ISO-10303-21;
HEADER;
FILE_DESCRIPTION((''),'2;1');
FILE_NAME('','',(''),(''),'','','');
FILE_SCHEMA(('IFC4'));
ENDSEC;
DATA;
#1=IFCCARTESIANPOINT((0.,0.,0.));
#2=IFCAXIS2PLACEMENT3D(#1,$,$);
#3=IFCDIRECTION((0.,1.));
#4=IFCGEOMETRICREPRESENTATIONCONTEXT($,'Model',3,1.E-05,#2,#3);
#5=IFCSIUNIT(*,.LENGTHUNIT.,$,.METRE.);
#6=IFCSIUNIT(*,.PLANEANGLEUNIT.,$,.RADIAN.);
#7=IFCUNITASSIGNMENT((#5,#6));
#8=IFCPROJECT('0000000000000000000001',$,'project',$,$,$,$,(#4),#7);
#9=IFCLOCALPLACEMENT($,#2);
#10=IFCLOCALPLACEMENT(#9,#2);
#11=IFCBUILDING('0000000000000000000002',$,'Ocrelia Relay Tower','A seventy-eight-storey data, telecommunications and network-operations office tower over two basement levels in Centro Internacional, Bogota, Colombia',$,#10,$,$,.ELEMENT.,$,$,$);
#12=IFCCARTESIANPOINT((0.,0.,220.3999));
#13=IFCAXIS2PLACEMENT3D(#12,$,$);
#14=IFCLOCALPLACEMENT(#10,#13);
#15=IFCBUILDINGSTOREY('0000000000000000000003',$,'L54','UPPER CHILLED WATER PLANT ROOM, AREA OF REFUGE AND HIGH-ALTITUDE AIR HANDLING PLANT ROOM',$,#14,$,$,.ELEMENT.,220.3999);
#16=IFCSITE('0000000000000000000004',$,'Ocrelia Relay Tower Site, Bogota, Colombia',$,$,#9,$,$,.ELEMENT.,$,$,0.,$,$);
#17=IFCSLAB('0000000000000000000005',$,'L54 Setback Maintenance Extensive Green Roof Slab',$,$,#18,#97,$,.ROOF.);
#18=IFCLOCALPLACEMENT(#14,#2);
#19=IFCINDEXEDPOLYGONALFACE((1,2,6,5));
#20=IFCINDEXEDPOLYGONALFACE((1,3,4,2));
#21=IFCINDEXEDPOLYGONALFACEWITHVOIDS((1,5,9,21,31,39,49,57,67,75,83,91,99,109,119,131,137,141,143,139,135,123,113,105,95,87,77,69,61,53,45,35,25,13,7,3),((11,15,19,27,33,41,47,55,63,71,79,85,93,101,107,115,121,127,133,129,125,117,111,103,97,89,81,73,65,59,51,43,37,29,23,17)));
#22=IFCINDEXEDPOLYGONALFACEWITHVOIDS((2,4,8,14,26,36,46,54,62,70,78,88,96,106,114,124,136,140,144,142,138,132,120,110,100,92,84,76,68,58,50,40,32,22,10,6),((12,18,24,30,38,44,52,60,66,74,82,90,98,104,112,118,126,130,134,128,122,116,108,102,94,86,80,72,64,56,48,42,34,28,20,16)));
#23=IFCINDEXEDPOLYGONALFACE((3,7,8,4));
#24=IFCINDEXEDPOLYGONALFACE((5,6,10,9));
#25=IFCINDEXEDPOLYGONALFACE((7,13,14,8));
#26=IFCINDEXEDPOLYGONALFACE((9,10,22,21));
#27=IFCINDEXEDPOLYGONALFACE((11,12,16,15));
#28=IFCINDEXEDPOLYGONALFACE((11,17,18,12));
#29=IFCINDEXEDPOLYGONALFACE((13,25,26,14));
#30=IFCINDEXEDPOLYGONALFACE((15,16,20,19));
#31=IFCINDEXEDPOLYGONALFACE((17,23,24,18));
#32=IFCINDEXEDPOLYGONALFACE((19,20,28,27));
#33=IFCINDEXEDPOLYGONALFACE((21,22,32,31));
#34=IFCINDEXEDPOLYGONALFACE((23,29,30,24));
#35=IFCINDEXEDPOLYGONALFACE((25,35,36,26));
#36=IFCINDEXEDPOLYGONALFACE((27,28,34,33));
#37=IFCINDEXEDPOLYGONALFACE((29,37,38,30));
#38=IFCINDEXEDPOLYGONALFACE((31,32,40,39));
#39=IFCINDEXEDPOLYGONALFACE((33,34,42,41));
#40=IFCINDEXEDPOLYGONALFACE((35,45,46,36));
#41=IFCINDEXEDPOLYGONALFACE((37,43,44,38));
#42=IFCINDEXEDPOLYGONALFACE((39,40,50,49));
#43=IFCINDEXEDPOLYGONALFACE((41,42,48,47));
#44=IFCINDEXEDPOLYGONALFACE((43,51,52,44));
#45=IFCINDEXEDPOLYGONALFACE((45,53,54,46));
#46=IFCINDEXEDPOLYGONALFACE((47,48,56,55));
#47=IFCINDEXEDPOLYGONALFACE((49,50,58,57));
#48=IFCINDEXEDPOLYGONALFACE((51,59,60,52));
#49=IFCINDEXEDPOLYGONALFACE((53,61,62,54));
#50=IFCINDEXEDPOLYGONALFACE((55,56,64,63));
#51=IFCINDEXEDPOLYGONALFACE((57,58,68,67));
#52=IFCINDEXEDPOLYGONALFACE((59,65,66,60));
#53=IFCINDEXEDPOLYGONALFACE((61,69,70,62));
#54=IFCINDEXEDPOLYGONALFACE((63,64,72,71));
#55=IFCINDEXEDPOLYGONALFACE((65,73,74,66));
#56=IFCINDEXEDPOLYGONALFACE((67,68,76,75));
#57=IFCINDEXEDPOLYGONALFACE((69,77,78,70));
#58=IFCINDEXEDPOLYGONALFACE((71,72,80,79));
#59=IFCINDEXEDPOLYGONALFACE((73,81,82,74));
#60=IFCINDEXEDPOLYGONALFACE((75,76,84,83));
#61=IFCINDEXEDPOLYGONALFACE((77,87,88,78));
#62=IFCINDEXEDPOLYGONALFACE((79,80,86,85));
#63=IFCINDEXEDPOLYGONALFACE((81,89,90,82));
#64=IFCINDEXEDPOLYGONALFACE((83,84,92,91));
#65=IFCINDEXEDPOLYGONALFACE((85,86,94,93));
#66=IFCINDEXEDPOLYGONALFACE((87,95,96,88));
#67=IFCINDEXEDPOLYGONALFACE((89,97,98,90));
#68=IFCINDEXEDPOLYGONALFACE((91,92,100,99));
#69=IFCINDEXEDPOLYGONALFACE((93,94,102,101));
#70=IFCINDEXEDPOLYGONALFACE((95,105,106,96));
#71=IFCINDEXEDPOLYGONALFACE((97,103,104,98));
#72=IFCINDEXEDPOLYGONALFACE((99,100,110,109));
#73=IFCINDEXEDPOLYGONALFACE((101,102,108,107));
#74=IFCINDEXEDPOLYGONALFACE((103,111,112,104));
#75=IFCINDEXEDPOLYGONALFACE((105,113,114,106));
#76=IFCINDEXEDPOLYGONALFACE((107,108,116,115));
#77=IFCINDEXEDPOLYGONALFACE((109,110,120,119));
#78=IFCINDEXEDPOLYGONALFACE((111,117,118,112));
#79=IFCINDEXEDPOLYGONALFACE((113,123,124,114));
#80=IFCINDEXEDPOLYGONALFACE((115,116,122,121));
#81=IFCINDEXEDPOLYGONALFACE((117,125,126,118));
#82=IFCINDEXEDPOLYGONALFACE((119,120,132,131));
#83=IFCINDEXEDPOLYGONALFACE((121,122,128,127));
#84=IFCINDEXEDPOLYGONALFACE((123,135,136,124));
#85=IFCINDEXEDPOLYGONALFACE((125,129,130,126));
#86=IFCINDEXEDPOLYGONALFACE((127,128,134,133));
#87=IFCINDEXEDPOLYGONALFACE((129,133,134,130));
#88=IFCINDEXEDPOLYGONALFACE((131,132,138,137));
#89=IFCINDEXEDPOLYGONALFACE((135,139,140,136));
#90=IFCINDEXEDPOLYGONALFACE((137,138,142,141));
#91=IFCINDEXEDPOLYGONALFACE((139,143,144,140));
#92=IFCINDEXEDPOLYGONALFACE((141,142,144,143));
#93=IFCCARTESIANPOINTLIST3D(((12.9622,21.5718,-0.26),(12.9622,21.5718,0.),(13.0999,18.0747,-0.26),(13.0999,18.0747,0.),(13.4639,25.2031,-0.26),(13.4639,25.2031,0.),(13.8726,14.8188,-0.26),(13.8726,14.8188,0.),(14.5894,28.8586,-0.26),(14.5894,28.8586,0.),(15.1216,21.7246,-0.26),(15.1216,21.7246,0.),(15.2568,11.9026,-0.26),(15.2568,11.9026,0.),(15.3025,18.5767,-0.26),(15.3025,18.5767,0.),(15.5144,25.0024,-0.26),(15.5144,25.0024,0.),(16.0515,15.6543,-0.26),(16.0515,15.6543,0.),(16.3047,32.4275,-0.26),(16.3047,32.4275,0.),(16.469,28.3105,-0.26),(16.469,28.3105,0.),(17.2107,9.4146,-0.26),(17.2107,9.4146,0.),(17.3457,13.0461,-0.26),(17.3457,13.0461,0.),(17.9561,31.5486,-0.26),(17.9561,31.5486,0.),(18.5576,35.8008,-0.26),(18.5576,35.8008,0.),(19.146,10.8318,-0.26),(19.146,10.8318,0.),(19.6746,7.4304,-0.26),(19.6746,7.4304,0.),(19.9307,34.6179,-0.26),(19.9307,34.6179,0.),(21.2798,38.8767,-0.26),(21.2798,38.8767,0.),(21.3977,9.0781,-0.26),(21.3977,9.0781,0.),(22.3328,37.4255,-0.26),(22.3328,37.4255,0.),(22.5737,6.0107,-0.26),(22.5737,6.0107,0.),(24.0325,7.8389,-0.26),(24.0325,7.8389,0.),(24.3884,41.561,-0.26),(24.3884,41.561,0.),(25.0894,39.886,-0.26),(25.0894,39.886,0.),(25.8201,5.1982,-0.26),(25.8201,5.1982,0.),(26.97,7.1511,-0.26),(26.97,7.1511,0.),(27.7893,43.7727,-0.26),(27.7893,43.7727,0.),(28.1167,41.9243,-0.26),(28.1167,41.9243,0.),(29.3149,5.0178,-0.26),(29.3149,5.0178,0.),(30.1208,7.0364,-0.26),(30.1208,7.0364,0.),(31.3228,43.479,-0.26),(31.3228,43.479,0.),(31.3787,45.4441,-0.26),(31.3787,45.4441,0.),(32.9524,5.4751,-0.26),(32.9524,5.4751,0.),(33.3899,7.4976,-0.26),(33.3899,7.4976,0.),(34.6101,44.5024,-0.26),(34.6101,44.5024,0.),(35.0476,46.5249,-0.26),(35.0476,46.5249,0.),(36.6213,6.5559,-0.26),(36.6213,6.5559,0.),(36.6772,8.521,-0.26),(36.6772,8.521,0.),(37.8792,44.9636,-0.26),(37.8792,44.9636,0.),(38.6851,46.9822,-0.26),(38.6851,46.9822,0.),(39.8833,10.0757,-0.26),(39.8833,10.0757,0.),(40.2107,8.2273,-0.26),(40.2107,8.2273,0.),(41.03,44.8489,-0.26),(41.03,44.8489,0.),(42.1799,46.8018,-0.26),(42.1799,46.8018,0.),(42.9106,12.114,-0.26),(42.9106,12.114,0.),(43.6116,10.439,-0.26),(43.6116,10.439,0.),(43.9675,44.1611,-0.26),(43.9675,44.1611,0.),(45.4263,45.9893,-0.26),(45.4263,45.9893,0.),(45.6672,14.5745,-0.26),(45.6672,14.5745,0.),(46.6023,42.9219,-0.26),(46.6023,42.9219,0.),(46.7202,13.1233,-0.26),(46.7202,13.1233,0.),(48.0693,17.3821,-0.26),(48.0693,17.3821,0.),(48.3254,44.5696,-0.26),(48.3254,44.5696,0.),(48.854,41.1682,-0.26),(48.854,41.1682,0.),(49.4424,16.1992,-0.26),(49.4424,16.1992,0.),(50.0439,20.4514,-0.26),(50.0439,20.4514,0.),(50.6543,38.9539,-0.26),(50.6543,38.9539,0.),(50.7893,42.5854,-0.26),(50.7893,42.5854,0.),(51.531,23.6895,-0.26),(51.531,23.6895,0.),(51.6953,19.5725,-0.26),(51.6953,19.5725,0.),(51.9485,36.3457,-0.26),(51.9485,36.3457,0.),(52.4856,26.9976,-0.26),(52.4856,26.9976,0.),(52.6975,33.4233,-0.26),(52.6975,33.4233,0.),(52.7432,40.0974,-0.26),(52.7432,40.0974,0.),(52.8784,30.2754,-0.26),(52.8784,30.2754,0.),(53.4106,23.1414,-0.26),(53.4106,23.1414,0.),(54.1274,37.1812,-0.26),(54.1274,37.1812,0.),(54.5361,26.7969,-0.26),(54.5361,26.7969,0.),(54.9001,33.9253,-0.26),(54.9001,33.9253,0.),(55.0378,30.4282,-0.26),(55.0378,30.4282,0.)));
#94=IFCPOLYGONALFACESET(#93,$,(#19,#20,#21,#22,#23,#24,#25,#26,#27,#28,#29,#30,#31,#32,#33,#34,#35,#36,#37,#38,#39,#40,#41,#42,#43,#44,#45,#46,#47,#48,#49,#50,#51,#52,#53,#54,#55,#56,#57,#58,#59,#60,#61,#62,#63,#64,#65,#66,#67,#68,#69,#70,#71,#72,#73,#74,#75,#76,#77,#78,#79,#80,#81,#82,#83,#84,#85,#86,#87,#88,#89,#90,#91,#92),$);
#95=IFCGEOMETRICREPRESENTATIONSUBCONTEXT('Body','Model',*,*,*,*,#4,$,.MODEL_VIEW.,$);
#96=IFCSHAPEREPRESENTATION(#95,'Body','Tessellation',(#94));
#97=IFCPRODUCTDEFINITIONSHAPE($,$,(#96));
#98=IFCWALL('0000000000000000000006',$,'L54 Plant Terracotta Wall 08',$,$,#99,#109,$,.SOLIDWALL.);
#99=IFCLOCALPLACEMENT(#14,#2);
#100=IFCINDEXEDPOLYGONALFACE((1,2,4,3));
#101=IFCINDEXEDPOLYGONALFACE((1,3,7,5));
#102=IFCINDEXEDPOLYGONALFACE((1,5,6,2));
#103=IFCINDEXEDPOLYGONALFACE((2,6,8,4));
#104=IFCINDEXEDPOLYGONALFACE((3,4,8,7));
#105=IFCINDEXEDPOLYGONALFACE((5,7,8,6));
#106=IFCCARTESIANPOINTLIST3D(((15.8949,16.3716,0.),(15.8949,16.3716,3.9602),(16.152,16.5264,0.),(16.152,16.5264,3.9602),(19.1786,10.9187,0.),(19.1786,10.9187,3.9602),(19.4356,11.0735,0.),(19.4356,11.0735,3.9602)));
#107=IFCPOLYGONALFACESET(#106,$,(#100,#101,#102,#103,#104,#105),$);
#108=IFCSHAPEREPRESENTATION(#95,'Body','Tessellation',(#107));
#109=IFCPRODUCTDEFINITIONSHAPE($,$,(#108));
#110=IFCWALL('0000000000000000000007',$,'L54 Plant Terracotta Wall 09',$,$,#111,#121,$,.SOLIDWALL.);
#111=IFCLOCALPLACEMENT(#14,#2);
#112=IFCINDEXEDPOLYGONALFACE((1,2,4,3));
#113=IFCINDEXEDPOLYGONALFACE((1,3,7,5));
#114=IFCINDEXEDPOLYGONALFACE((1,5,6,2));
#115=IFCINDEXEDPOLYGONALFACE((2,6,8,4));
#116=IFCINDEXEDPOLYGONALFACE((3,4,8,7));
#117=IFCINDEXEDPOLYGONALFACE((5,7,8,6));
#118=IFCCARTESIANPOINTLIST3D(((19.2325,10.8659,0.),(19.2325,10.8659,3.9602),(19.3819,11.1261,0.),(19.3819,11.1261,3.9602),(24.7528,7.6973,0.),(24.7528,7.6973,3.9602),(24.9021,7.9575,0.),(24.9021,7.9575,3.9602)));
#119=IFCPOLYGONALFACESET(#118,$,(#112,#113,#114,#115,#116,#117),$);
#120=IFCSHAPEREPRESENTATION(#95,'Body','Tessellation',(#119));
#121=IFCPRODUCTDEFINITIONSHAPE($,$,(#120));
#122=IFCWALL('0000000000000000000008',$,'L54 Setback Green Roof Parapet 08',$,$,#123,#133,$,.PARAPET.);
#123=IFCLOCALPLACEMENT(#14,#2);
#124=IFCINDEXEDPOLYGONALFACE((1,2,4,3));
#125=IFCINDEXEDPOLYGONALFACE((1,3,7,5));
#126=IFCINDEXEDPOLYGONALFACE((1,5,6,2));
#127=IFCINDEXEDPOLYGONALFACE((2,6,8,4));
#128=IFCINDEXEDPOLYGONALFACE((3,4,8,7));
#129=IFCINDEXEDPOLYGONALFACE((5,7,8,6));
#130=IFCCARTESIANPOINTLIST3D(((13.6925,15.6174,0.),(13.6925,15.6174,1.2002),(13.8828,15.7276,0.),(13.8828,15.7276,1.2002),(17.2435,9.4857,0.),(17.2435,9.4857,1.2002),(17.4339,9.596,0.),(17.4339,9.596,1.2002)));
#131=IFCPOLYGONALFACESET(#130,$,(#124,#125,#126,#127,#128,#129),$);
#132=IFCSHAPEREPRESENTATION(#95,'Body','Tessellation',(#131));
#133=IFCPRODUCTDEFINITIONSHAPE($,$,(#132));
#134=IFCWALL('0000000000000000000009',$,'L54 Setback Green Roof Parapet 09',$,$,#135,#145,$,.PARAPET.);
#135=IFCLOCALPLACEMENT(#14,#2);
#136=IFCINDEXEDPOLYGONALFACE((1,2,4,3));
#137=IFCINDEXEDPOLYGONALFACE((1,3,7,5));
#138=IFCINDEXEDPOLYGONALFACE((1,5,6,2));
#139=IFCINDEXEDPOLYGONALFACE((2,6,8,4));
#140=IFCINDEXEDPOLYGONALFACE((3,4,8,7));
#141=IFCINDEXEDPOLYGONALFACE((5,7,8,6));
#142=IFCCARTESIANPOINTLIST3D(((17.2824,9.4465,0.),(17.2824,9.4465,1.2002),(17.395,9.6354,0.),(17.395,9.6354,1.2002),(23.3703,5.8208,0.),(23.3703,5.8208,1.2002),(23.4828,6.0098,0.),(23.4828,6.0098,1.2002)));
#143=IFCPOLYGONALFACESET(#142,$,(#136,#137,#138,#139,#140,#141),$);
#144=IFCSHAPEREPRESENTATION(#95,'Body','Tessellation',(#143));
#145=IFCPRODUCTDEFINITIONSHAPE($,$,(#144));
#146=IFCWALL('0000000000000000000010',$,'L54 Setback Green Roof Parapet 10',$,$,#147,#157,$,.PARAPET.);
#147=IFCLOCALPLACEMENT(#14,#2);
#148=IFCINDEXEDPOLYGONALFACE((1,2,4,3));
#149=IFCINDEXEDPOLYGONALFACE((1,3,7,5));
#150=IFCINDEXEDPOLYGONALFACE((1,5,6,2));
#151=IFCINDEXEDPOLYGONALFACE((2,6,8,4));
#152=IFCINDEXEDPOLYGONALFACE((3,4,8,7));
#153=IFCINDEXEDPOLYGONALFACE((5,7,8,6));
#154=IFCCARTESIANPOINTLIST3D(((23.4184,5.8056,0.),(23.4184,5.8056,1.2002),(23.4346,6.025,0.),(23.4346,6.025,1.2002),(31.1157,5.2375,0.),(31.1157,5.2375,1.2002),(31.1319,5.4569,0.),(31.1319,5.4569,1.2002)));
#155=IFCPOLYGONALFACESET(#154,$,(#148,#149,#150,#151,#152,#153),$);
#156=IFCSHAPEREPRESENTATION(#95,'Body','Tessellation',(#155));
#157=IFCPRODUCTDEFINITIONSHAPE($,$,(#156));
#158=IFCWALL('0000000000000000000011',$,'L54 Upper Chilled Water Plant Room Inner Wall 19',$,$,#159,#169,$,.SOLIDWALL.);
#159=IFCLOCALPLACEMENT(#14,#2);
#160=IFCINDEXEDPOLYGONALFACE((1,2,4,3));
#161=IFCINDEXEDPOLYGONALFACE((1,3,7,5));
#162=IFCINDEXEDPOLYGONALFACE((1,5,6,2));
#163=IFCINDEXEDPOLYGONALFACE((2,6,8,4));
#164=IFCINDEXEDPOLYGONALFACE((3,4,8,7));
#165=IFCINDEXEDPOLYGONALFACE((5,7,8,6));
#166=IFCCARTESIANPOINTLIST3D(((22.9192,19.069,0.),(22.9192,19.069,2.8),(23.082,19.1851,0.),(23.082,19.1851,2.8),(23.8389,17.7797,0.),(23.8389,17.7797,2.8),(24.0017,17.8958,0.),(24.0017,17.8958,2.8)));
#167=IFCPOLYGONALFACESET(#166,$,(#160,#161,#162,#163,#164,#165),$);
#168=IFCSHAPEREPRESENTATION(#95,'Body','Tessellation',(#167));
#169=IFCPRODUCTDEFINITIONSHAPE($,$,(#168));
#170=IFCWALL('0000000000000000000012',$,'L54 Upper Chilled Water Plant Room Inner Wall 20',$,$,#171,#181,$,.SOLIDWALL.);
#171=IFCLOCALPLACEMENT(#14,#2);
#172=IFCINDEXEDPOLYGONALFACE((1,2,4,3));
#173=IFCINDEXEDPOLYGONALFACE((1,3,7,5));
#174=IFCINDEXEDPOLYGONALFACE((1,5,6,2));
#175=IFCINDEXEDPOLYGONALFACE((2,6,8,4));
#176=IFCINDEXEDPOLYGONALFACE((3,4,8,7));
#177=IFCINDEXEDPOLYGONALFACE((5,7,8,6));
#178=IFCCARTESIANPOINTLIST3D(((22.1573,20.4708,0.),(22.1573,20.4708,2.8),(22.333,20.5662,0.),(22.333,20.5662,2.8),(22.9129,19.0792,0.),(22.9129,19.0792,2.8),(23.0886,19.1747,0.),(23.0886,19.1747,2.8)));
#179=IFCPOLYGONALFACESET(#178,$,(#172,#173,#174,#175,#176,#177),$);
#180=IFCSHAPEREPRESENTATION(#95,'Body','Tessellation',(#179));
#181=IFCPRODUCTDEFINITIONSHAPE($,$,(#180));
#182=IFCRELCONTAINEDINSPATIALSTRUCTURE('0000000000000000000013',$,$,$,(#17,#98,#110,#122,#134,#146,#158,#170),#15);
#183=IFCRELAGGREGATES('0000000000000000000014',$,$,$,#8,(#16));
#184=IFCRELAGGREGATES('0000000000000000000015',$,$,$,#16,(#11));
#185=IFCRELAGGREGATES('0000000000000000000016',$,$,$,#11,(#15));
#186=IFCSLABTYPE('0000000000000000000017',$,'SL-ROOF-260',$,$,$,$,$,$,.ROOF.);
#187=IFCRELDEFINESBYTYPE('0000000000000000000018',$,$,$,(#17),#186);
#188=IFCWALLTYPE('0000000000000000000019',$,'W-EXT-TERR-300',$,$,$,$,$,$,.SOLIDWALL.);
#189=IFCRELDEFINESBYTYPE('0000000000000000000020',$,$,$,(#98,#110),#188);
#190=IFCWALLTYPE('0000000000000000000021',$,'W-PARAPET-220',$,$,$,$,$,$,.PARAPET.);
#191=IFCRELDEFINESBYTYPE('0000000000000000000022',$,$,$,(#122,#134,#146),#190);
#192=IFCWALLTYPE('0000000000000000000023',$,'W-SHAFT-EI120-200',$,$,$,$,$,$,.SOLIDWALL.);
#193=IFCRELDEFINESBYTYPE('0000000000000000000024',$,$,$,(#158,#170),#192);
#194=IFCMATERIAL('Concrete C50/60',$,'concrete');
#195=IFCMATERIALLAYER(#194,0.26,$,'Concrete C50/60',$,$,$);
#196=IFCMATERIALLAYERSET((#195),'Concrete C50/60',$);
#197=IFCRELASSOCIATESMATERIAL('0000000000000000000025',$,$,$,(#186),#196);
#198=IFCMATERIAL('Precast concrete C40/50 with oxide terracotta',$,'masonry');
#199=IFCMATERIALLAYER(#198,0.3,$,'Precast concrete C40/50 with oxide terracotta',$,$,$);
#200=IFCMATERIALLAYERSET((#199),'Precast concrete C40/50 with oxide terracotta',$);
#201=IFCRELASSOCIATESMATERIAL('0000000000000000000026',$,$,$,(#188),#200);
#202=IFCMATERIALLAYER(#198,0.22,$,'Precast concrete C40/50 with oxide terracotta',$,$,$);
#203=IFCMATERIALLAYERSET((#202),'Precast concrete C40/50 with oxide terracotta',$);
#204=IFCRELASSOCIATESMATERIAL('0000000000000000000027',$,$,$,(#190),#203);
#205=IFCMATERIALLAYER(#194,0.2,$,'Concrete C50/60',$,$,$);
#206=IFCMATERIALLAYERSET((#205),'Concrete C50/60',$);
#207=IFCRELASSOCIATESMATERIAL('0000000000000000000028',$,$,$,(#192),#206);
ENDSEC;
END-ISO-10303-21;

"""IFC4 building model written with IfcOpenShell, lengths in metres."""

from ifc_helpers import new_model, si_unit, direction, frame, frame_2d, origin, place, context, subcontext, project, spatial, polyline, rectangle, outline, extrude, material, layer, layer_set, type_object, element, save


model = new_model("IFC4")

# Units and contexts
model_context = context("Model", 3, precision=1e-05, world=origin(), true_north=direction((0.0, 1.0)))
body_context = subcontext(model_context, "Body", "Model", "MODEL_VIEW")
ifc_project = project(units=[si_unit("LENGTHUNIT", "METRE"), si_unit("PLANEANGLEUNIT", "RADIAN")], contexts=[model_context])

# Site, building, storey
site_placement = place(None, origin())
site = spatial("IfcSite", under=ifc_project, at=site_placement, Name="Ocrelia Relay Tower Site, Bogota, Colombia", CompositionType="ELEMENT", RefElevation=0.0)
building_placement = place(site_placement, origin())
building = spatial("IfcBuilding", under=site, at=building_placement, Name="Ocrelia Relay Tower", Description="A seventy-eight-storey data, telecommunications and network-operations office tower over two basement levels in Centro Internacional, Bogota, Colombia", CompositionType="ELEMENT")
storey_placement = place(building_placement, frame((0.0, 0.0, 220.3999)))
storey = spatial("IfcBuildingStorey", under=building, at=storey_placement, Name="L54", Description="UPPER CHILLED WATER PLANT ROOM, AREA OF REFUGE AND HIGH-ALTITUDE AIR HANDLING PLANT ROOM", CompositionType="ELEMENT", Elevation=220.3999)

# Shared definitions
ifc_material_1 = material(Name="Concrete C50/60", Category="concrete")

# Slab
ifc_layer_1 = layer(ifc_material_1, 0.26, Name="Concrete C50/60")
ifc_layer_set_1 = layer_set([ifc_layer_1], Name="Concrete C50/60")
slab_type_1 = type_object("IfcSlabType", Name="SL-ROOF-260", PredefinedType="ROOF", material=ifc_layer_set_1)
slab_1_placement = place(storey_placement, frame((0.0, 0.0, -0.26)))
element("IfcSlab", 1, at=slab_1_placement, inside=storey, type_object=slab_type_1, Name="L54 Setback Maintenance Extensive Green Roof Slab", PredefinedType="ROOF", context=body_context, shape_type="SweptSolid", body=[
    extrude(outline(polyline([(50.7893, 42.5854), (48.3254, 44.5696), (45.4263, 45.9893), (42.1799, 46.8018), (38.6851, 46.9822), (35.0476, 46.5249), (31.3787, 45.4441), (27.7893, 43.7727), (24.3884, 41.561), (21.2798, 38.8767), (18.5576, 35.8008), (16.3047, 32.4275), (14.5894, 28.8586), (13.4639, 25.2031), (12.9622, 21.5718), (13.0999, 18.0747), (13.8726, 14.8188), (15.2568, 11.9026), (17.2107, 9.4146), (19.6746, 7.4304), (22.5737, 6.0107), (25.8201, 5.1982), (29.3149, 5.0178), (32.9524, 5.4751), (36.6213, 6.5559), (40.2107, 8.2273), (43.6116, 10.439), (46.7202, 13.1233), (49.4424, 16.1992), (51.6953, 19.5725), (53.4106, 23.1414), (54.5361, 26.7969), (55.0378, 30.4282), (54.9001, 33.9253), (54.1274, 37.1812), (52.7432, 40.0974), (50.7893, 42.5854)]), holes=[polyline([(48.854, 41.1682), (46.6023, 42.9219), (43.9675, 44.1611), (41.03, 44.8489), (37.8792, 44.9636), (34.6101, 44.5024), (31.3228, 43.479), (28.1167, 41.9243), (25.0894, 39.886), (22.3328, 37.4255), (19.9307, 34.6179), (17.9561, 31.5486), (16.469, 28.3105), (15.5144, 25.0024), (15.1216, 21.7246), (15.3025, 18.5767), (16.0515, 15.6543), (17.3457, 13.0461), (19.146, 10.8318), (21.3977, 9.0781), (24.0325, 7.8389), (26.97, 7.1511), (30.1208, 7.0364), (33.3899, 7.4976), (36.6772, 8.521), (39.8833, 10.0757), (42.9106, 12.114), (45.6672, 14.5745), (48.0693, 17.3821), (50.0439, 20.4514), (51.531, 23.6895), (52.4856, 26.9976), (52.8784, 30.2754), (52.6975, 33.4233), (51.9485, 36.3457), (50.6543, 38.9539), (48.854, 41.1682)])]), origin(), (0.0, 0.0, 1.0), 0.26),
])

# Walls
ifc_material_2 = material(Name="Precast concrete C40/50 with oxide terracotta", Category="masonry")
ifc_layer_2 = layer(ifc_material_2, 0.3, Name="Precast concrete C40/50 with oxide terracotta")
ifc_layer_set_2 = layer_set([ifc_layer_2], Name="Precast concrete C40/50 with oxide terracotta")
wall_type_1 = type_object("IfcWallType", Name="W-EXT-TERR-300", PredefinedType="SOLIDWALL", material=ifc_layer_set_2)
wall_1_placement = place(storey_placement, frame((16.0234, 16.449, 0.0), z_axis=(0.0, 0.0, 1.0), x_axis=(0.515877, -0.856663, 0.0)))
element("IfcWall", 2, at=wall_1_placement, inside=storey, type_object=wall_type_1, Name="L54 Plant Terracotta Wall 08", PredefinedType="SOLIDWALL", context=body_context, shape_type="SweptSolid", body=[
    extrude(rectangle(XDim=6.3652, YDim=0.3, at=frame_2d((3.1826, 0.0))), origin(), (0.0, 0.0, 1.0), 3.9602),
])
wall_2_placement = place(storey_placement, frame((19.3071, 10.9961, 0.0), z_axis=(0.0, 0.0, 1.0), x_axis=(0.867276, -0.497827, 0.0)))
element("IfcWall", 3, at=wall_2_placement, inside=storey, type_object=wall_type_1, Name="L54 Plant Terracotta Wall 09", PredefinedType="SOLIDWALL", context=body_context, shape_type="SweptSolid", body=[
    extrude(rectangle(XDim=6.365, YDim=0.3, at=frame_2d((3.1826, 0.0))), origin(), (0.0, 0.0, 1.0), 3.9602),
])
ifc_layer_3 = layer(ifc_material_2, 0.22, Name="Precast concrete C40/50 with oxide terracotta")
ifc_layer_set_3 = layer_set([ifc_layer_3], Name="Precast concrete C40/50 with oxide terracotta")
wall_type_2 = type_object("IfcWallType", Name="W-PARAPET-220", PredefinedType="PARAPET", material=ifc_layer_set_3)
for number, where, z_axis, x_axis, name in (
    (4, (13.7876, 15.6726, 0.0), (0.0, 0.0, 1.0), (0.501159, -0.865356, 0.0), "L54 Setback Green Roof Parapet 08"),
    (5, (17.3386, 9.541, 0.0), (0.0, 0.0, 1.0), (0.85917, -0.511691, 0.0), "L54 Setback Green Roof Parapet 09"),
):
    element("IfcWall", number, at=place(storey_placement, frame(where, z_axis=z_axis, x_axis=x_axis)), inside=storey, type_object=wall_type_2, Name=name, PredefinedType="PARAPET", context=body_context, shape_type="SweptSolid", body=[
        extrude(rectangle(XDim=7.0857, YDim=0.22, at=frame_2d((3.543, 0.0))), origin(), (0.0, 0.0, 1.0), 1.2002),
    ])
wall_3_placement = place(storey_placement, frame((23.4265, 5.9153, 0.0), z_axis=(0.0, 0.0, 1.0), x_axis=(0.997287, -0.073607, 0.0)))
element("IfcWall", 6, at=wall_3_placement, inside=storey, type_object=wall_type_2, Name="L54 Setback Green Roof Parapet 10", PredefinedType="PARAPET", context=body_context, shape_type="SweptSolid", body=[
    extrude(rectangle(XDim=7.7183, YDim=0.22, at=frame_2d((3.8591, 0.0))), origin(), (0.0, 0.0, 1.0), 1.2002),
])
ifc_layer_4 = layer(ifc_material_1, 0.2, Name="Concrete C50/60")
ifc_layer_set_4 = layer_set([ifc_layer_4], Name="Concrete C50/60")
wall_type_3 = type_object("IfcWallType", Name="W-SHAFT-EI120-200", PredefinedType="SOLIDWALL", material=ifc_layer_set_4)
wall_4_placement = place(storey_placement, frame((23.9204, 17.8376, 0.0), z_axis=(0.0, 0.0, 1.0), x_axis=(-0.580713, 0.814108, 0.0)))
element("IfcWall", 7, at=wall_4_placement, inside=storey, type_object=wall_type_3, Name="L54 Upper Chilled Water Plant Room Inner Wall 19", PredefinedType="SOLIDWALL", context=body_context, shape_type="SweptSolid", body=[
    extrude(rectangle(XDim=1.5837, YDim=0.2, at=frame_2d((0.792, 0.0))), origin(), (0.0, 0.0, 1.0), 2.8),
])
wall_5_placement = place(storey_placement, frame((23.0007, 19.127, 0.0), z_axis=(0.0, 0.0, 1.0), x_axis=(-0.477177, 0.878807, 0.0)))
element("IfcWall", 8, at=wall_5_placement, inside=storey, type_object=wall_type_3, Name="L54 Upper Chilled Water Plant Room Inner Wall 20", PredefinedType="SOLIDWALL", context=body_context, shape_type="SweptSolid", body=[
    extrude(rectangle(XDim=1.5835, YDim=0.2, at=frame_2d((0.7917, 0.0))), origin(), (0.0, 0.0, 1.0), 2.8),
])

save(model, "model.ifc")
